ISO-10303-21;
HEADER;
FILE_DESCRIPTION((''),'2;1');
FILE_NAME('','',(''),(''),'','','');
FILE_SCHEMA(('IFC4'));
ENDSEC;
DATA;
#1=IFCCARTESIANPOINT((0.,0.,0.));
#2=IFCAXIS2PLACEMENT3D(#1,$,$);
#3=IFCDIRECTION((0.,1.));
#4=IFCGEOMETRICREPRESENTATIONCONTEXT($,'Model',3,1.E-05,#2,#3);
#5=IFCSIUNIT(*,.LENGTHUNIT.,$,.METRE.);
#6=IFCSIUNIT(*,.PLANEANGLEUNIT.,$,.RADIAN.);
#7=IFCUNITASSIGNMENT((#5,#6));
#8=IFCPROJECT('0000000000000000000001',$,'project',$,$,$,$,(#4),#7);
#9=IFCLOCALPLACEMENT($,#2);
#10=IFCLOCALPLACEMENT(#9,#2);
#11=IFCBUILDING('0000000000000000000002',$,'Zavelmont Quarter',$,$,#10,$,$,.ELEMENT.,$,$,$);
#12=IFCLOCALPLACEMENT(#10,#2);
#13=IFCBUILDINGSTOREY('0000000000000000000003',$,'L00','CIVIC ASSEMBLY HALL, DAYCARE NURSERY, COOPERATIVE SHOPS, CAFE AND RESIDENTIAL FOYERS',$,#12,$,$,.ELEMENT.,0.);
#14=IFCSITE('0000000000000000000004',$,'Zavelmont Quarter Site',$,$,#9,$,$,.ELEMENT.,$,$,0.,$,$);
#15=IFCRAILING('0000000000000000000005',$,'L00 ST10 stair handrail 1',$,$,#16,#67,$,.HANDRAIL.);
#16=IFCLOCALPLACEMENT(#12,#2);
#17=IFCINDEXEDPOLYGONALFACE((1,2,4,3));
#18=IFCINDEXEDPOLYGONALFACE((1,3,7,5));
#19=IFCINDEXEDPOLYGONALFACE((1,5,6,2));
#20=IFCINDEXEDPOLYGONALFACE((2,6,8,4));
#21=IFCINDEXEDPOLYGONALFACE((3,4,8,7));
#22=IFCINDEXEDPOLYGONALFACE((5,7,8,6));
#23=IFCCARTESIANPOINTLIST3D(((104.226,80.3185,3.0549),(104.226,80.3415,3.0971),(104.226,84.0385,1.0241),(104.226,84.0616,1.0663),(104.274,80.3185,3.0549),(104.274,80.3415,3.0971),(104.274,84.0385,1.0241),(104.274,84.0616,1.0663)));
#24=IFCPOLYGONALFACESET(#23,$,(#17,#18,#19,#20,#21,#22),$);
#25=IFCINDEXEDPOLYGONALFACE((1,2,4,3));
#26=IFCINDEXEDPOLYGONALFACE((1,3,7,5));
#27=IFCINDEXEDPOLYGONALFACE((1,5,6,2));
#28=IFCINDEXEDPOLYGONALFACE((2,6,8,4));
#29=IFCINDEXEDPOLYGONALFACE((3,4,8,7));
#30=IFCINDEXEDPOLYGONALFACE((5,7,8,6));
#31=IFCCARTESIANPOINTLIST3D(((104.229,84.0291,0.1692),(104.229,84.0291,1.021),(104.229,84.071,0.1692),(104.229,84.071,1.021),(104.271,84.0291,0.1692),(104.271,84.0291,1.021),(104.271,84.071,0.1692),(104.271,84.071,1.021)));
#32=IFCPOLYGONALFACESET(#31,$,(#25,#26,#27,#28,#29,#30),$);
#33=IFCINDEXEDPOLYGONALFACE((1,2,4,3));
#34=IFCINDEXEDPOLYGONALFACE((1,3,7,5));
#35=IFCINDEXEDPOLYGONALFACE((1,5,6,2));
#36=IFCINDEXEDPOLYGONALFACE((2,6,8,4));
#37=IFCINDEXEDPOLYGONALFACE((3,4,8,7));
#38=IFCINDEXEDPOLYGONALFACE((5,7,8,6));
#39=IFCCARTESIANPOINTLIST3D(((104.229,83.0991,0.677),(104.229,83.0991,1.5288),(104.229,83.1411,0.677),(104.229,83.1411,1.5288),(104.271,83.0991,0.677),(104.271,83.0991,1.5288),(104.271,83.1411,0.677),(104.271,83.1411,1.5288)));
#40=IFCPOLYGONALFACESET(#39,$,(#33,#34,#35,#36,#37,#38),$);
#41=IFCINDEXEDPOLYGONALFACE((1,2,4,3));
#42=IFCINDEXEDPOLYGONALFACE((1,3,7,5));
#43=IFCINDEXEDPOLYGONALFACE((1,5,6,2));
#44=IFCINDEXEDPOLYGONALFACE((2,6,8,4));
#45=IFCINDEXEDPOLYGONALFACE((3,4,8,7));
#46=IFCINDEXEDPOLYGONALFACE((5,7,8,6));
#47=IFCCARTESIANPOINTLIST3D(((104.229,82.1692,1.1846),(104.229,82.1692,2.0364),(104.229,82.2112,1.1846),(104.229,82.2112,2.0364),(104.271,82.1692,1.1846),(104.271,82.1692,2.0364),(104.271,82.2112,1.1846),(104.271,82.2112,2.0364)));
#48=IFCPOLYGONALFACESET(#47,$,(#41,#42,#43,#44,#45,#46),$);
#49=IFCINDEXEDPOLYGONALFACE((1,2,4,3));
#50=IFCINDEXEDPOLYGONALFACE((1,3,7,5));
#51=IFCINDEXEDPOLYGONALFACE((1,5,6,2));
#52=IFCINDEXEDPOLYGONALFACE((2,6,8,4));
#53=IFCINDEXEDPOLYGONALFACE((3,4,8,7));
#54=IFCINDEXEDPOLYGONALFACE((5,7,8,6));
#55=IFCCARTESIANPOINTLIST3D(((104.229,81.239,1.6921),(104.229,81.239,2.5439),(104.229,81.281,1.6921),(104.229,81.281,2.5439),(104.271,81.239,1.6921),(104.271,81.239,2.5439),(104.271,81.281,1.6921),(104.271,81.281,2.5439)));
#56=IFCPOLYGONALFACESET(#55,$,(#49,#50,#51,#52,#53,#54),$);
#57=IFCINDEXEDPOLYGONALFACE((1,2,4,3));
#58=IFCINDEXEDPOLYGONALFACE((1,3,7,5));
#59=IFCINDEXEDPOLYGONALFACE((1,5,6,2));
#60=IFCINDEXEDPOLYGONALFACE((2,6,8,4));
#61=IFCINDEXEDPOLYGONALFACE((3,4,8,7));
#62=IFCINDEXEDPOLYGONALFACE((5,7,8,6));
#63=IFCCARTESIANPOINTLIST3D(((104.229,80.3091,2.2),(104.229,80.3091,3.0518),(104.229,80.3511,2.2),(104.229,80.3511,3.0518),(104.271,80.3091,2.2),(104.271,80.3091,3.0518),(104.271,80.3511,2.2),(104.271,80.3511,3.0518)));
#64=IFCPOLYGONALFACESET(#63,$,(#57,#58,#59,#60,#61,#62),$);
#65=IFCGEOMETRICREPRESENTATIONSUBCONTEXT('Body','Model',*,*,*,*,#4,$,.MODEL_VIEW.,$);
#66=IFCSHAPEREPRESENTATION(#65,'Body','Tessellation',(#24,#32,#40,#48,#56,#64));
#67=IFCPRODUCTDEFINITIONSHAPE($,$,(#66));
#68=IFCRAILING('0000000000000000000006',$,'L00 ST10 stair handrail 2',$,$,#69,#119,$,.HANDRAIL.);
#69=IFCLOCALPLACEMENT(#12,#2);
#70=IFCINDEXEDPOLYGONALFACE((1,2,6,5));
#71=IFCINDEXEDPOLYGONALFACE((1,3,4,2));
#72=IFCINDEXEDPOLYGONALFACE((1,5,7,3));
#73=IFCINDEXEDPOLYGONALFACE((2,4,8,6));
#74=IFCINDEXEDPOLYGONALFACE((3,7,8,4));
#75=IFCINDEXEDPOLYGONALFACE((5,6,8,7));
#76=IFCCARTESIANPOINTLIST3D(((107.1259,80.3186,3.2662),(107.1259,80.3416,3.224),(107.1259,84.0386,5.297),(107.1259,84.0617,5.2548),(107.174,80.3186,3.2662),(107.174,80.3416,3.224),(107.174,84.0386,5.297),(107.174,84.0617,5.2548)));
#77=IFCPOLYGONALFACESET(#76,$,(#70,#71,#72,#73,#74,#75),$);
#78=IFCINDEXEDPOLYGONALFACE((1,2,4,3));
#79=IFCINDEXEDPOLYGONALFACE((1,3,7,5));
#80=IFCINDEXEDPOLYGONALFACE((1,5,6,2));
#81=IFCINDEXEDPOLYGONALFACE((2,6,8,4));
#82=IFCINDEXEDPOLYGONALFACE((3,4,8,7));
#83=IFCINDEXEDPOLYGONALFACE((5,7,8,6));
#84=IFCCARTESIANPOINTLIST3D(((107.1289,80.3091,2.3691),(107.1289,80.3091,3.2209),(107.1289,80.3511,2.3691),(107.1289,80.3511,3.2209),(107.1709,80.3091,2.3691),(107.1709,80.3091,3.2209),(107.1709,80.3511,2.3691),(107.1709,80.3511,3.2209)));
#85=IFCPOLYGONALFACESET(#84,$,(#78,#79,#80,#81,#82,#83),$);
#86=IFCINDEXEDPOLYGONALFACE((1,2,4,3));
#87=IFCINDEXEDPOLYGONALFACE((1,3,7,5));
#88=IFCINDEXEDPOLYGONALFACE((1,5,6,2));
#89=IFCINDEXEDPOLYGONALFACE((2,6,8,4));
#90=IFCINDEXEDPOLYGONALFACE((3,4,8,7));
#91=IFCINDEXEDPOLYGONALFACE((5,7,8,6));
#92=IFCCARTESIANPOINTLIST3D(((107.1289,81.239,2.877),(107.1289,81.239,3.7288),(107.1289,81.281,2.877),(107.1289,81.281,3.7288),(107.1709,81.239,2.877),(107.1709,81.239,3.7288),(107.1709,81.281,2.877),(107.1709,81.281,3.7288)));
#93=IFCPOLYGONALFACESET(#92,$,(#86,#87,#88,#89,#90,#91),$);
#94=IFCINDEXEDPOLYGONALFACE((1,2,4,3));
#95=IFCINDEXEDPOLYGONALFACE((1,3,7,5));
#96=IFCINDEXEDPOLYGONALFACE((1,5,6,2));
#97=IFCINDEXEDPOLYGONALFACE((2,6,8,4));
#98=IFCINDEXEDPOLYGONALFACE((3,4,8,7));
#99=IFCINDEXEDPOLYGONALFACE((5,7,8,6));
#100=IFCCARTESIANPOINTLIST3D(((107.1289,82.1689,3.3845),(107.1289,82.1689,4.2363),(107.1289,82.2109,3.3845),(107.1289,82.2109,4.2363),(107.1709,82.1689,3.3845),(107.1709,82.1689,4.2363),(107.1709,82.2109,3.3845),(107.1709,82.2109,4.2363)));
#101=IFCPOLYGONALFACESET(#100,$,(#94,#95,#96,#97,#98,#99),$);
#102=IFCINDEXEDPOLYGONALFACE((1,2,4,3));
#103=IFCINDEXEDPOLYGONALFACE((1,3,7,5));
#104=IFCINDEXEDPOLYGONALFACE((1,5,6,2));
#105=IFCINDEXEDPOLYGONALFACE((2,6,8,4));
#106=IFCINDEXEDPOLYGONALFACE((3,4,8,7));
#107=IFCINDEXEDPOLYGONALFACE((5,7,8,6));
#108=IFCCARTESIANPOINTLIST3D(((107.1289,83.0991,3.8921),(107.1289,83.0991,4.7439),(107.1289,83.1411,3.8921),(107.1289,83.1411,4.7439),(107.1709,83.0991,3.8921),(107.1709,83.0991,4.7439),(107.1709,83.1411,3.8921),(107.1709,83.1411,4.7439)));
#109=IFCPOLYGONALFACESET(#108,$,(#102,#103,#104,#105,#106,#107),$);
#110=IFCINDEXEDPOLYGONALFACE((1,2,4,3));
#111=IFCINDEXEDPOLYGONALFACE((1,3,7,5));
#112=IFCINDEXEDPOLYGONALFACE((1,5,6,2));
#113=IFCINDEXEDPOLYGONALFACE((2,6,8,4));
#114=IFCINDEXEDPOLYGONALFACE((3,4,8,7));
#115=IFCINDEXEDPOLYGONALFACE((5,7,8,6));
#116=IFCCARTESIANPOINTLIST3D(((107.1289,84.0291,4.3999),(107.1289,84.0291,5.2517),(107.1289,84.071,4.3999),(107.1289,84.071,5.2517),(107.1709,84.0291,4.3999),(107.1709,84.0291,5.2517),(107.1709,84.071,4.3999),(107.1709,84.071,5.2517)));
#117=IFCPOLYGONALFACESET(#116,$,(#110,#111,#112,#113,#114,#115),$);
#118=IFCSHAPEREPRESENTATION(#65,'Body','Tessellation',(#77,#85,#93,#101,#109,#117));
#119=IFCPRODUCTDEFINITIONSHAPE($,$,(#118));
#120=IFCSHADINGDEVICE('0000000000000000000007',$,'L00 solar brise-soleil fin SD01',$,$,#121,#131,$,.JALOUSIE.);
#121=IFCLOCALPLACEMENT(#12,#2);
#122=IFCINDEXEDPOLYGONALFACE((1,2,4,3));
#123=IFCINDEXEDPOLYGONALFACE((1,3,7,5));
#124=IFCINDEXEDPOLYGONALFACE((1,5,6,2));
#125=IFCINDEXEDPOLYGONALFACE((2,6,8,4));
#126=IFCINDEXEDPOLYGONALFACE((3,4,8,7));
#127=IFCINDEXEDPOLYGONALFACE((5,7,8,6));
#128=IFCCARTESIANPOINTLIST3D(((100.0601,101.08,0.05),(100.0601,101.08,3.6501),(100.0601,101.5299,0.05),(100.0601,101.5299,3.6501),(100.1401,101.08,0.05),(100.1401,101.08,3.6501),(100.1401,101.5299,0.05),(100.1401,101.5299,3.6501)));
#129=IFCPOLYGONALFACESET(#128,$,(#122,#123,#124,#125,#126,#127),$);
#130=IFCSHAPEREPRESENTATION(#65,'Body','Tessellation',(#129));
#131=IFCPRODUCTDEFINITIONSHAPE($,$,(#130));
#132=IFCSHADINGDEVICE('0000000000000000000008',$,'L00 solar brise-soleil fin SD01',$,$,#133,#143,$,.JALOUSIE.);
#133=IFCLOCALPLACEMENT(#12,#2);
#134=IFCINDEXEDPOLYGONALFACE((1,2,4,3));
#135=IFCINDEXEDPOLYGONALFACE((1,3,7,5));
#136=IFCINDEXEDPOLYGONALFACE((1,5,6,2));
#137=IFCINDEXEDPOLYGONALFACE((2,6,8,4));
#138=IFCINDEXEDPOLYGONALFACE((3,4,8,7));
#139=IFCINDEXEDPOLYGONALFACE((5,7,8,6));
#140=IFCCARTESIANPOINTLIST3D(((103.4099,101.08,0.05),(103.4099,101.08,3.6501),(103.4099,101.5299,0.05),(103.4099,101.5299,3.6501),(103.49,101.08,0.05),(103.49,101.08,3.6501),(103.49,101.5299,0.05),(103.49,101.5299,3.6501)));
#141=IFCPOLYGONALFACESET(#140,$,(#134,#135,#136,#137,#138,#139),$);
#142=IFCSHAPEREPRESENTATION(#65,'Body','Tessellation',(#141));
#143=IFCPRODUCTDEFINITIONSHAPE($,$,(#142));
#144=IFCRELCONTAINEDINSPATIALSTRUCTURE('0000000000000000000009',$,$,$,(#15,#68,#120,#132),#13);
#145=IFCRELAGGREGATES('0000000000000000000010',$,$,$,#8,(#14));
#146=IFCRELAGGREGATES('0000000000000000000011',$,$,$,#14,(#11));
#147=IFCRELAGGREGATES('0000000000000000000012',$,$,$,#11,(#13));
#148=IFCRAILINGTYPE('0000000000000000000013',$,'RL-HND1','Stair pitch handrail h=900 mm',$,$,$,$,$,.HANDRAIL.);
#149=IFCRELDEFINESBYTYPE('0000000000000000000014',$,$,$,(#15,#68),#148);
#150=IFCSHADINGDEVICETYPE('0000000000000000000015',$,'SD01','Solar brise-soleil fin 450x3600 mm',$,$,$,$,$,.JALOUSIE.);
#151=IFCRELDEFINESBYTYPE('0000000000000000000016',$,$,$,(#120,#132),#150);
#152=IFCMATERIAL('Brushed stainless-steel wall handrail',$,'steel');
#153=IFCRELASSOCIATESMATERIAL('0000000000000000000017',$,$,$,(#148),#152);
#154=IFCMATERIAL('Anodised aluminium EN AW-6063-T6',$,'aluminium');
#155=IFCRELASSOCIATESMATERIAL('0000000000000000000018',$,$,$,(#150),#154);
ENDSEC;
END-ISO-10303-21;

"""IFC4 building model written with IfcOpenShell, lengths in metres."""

from ifc_helpers import new_model, si_unit, direction, frame, origin, origin_2d, place, context, subcontext, project, spatial, rectangle, extrude, material, type_object, element, save


model = new_model("IFC4")

# Units and contexts
model_context = context("Model", 3, precision=1e-05, world=origin(), true_north=direction((0.0, 1.0)))
body_context = subcontext(model_context, "Body", "Model", "MODEL_VIEW")
ifc_project = project(units=[si_unit("LENGTHUNIT", "METRE"), si_unit("PLANEANGLEUNIT", "RADIAN")], contexts=[model_context])

# Site, building, storey
site_placement = place(None, origin())
site = spatial("IfcSite", under=ifc_project, at=site_placement, Name="Zavelmont Quarter Site", CompositionType="ELEMENT", RefElevation=0.0)
building_placement = place(site_placement, origin())
building = spatial("IfcBuilding", under=site, at=building_placement, Name="Zavelmont Quarter", CompositionType="ELEMENT")
storey_placement = place(building_placement, origin())
storey = spatial("IfcBuildingStorey", under=building, at=storey_placement, Name="L00", Description="CIVIC ASSEMBLY HALL, DAYCARE NURSERY, COOPERATIVE SHOPS, CAFE AND RESIDENTIAL FOYERS", CompositionType="ELEMENT", Elevation=0.0)

# Railings
ifc_material_1 = material(Name="Brushed stainless-steel wall handrail", Category="steel")
railing_type_1 = type_object("IfcRailingType", Name="RL-HND1", Description="Stair pitch handrail h=900 mm", PredefinedType="HANDRAIL", material=ifc_material_1)
railing_1_placement = place(storey_placement, frame((104.25, 84.05, 0.1692)))
element("IfcRailing", 1, at=railing_1_placement, inside=storey, type_object=railing_type_1, Name="L00 ST10 stair handrail 1", PredefinedType="HANDRAIL", context=body_context, shape_type="SweptSolid", body=[
    extrude(rectangle(XDim=0.0481, YDim=0.0481, at=origin_2d()), frame((0.0, 0.0, 0.876), z_axis=(0.0, -0.877728, 0.479159), x_axis=(1.0, 0.0, 0.0)), (0.0, 0.0, 1.0), 4.2383),
    extrude(rectangle(XDim=0.042, YDim=0.042, at=origin_2d()), origin(), (0.0, 0.0, 1.0), 0.8518),
    extrude(rectangle(XDim=0.042, YDim=0.042, at=origin_2d()), frame((0.0, -0.9299, 0.5078)), (0.0, 0.0, 1.0), 0.8518),
    extrude(rectangle(XDim=0.042, YDim=0.042, at=origin_2d()), frame((0.0, -1.8599, 1.0154)), (0.0, 0.0, 1.0), 0.8518),
    extrude(rectangle(XDim=0.042, YDim=0.042, at=origin_2d()), frame((0.0, -2.79, 1.5229)), (0.0, 0.0, 1.0), 0.8518),
    extrude(rectangle(XDim=0.042, YDim=0.042, at=origin_2d()), frame((0.0, -3.72, 2.0308)), (0.0, 0.0, 1.0), 0.8518),
])
railing_2_placement = place(storey_placement, frame((107.1499, 80.3301, 2.3691)))
element("IfcRailing", 2, at=railing_2_placement, inside=storey, type_object=railing_type_1, Name="L00 ST10 stair handrail 2", PredefinedType="HANDRAIL", context=body_context, shape_type="SweptSolid", body=[
    extrude(rectangle(XDim=0.0481, YDim=0.0481, at=origin_2d()), frame((0.0, 0.0, 0.876), z_axis=(0.0, 0.877728, 0.479159), x_axis=(-1.0, 0.0, 0.0)), (0.0, 0.0, 1.0), 4.2383),
    extrude(rectangle(XDim=0.042, YDim=0.042, at=origin_2d()), origin(), (0.0, 0.0, 1.0), 0.8518),
    extrude(rectangle(XDim=0.042, YDim=0.042, at=origin_2d()), frame((0.0, 0.9299, 0.5078)), (0.0, 0.0, 1.0), 0.8518),
    extrude(rectangle(XDim=0.042, YDim=0.042, at=origin_2d()), frame((0.0, 1.8599, 1.0154)), (0.0, 0.0, 1.0), 0.8518),
    extrude(rectangle(XDim=0.042, YDim=0.042, at=origin_2d()), frame((0.0, 2.79, 1.5229)), (0.0, 0.0, 1.0), 0.8518),
    extrude(rectangle(XDim=0.042, YDim=0.042, at=origin_2d()), frame((0.0, 3.72, 2.0308)), (0.0, 0.0, 1.0), 0.8518),
])

# Shading devices
ifc_material_2 = material(Name="Anodised aluminium EN AW-6063-T6", Category="aluminium")
shading_device_type = type_object("IfcShadingDeviceType", Name="SD01", Description="Solar brise-soleil fin 450x3600 mm", PredefinedType="JALOUSIE", material=ifc_material_2)
for number, where, z_axis, x_axis, name in (
    (3, (100.1001, 101.3049, 0.05), (0.0, 0.0, 1.0), (1.0, 0.0, 0.0), "L00 solar brise-soleil fin SD01"),
    (4, (103.45, 101.3049, 0.05), (0.0, 0.0, 1.0), (1.0, 0.0, 0.0), "L00 solar brise-soleil fin SD01"),
):
    element("IfcShadingDevice", number, at=place(storey_placement, frame(where, z_axis=z_axis, x_axis=x_axis)), inside=storey, type_object=shading_device_type, Name=name, PredefinedType="JALOUSIE", context=body_context, shape_type="SweptSolid", body=[
        extrude(rectangle(XDim=0.0801, YDim=0.45, at=origin_2d()), origin(), (0.0, 0.0, 1.0), 3.6001),
    ])

save(model, "model.ifc")
